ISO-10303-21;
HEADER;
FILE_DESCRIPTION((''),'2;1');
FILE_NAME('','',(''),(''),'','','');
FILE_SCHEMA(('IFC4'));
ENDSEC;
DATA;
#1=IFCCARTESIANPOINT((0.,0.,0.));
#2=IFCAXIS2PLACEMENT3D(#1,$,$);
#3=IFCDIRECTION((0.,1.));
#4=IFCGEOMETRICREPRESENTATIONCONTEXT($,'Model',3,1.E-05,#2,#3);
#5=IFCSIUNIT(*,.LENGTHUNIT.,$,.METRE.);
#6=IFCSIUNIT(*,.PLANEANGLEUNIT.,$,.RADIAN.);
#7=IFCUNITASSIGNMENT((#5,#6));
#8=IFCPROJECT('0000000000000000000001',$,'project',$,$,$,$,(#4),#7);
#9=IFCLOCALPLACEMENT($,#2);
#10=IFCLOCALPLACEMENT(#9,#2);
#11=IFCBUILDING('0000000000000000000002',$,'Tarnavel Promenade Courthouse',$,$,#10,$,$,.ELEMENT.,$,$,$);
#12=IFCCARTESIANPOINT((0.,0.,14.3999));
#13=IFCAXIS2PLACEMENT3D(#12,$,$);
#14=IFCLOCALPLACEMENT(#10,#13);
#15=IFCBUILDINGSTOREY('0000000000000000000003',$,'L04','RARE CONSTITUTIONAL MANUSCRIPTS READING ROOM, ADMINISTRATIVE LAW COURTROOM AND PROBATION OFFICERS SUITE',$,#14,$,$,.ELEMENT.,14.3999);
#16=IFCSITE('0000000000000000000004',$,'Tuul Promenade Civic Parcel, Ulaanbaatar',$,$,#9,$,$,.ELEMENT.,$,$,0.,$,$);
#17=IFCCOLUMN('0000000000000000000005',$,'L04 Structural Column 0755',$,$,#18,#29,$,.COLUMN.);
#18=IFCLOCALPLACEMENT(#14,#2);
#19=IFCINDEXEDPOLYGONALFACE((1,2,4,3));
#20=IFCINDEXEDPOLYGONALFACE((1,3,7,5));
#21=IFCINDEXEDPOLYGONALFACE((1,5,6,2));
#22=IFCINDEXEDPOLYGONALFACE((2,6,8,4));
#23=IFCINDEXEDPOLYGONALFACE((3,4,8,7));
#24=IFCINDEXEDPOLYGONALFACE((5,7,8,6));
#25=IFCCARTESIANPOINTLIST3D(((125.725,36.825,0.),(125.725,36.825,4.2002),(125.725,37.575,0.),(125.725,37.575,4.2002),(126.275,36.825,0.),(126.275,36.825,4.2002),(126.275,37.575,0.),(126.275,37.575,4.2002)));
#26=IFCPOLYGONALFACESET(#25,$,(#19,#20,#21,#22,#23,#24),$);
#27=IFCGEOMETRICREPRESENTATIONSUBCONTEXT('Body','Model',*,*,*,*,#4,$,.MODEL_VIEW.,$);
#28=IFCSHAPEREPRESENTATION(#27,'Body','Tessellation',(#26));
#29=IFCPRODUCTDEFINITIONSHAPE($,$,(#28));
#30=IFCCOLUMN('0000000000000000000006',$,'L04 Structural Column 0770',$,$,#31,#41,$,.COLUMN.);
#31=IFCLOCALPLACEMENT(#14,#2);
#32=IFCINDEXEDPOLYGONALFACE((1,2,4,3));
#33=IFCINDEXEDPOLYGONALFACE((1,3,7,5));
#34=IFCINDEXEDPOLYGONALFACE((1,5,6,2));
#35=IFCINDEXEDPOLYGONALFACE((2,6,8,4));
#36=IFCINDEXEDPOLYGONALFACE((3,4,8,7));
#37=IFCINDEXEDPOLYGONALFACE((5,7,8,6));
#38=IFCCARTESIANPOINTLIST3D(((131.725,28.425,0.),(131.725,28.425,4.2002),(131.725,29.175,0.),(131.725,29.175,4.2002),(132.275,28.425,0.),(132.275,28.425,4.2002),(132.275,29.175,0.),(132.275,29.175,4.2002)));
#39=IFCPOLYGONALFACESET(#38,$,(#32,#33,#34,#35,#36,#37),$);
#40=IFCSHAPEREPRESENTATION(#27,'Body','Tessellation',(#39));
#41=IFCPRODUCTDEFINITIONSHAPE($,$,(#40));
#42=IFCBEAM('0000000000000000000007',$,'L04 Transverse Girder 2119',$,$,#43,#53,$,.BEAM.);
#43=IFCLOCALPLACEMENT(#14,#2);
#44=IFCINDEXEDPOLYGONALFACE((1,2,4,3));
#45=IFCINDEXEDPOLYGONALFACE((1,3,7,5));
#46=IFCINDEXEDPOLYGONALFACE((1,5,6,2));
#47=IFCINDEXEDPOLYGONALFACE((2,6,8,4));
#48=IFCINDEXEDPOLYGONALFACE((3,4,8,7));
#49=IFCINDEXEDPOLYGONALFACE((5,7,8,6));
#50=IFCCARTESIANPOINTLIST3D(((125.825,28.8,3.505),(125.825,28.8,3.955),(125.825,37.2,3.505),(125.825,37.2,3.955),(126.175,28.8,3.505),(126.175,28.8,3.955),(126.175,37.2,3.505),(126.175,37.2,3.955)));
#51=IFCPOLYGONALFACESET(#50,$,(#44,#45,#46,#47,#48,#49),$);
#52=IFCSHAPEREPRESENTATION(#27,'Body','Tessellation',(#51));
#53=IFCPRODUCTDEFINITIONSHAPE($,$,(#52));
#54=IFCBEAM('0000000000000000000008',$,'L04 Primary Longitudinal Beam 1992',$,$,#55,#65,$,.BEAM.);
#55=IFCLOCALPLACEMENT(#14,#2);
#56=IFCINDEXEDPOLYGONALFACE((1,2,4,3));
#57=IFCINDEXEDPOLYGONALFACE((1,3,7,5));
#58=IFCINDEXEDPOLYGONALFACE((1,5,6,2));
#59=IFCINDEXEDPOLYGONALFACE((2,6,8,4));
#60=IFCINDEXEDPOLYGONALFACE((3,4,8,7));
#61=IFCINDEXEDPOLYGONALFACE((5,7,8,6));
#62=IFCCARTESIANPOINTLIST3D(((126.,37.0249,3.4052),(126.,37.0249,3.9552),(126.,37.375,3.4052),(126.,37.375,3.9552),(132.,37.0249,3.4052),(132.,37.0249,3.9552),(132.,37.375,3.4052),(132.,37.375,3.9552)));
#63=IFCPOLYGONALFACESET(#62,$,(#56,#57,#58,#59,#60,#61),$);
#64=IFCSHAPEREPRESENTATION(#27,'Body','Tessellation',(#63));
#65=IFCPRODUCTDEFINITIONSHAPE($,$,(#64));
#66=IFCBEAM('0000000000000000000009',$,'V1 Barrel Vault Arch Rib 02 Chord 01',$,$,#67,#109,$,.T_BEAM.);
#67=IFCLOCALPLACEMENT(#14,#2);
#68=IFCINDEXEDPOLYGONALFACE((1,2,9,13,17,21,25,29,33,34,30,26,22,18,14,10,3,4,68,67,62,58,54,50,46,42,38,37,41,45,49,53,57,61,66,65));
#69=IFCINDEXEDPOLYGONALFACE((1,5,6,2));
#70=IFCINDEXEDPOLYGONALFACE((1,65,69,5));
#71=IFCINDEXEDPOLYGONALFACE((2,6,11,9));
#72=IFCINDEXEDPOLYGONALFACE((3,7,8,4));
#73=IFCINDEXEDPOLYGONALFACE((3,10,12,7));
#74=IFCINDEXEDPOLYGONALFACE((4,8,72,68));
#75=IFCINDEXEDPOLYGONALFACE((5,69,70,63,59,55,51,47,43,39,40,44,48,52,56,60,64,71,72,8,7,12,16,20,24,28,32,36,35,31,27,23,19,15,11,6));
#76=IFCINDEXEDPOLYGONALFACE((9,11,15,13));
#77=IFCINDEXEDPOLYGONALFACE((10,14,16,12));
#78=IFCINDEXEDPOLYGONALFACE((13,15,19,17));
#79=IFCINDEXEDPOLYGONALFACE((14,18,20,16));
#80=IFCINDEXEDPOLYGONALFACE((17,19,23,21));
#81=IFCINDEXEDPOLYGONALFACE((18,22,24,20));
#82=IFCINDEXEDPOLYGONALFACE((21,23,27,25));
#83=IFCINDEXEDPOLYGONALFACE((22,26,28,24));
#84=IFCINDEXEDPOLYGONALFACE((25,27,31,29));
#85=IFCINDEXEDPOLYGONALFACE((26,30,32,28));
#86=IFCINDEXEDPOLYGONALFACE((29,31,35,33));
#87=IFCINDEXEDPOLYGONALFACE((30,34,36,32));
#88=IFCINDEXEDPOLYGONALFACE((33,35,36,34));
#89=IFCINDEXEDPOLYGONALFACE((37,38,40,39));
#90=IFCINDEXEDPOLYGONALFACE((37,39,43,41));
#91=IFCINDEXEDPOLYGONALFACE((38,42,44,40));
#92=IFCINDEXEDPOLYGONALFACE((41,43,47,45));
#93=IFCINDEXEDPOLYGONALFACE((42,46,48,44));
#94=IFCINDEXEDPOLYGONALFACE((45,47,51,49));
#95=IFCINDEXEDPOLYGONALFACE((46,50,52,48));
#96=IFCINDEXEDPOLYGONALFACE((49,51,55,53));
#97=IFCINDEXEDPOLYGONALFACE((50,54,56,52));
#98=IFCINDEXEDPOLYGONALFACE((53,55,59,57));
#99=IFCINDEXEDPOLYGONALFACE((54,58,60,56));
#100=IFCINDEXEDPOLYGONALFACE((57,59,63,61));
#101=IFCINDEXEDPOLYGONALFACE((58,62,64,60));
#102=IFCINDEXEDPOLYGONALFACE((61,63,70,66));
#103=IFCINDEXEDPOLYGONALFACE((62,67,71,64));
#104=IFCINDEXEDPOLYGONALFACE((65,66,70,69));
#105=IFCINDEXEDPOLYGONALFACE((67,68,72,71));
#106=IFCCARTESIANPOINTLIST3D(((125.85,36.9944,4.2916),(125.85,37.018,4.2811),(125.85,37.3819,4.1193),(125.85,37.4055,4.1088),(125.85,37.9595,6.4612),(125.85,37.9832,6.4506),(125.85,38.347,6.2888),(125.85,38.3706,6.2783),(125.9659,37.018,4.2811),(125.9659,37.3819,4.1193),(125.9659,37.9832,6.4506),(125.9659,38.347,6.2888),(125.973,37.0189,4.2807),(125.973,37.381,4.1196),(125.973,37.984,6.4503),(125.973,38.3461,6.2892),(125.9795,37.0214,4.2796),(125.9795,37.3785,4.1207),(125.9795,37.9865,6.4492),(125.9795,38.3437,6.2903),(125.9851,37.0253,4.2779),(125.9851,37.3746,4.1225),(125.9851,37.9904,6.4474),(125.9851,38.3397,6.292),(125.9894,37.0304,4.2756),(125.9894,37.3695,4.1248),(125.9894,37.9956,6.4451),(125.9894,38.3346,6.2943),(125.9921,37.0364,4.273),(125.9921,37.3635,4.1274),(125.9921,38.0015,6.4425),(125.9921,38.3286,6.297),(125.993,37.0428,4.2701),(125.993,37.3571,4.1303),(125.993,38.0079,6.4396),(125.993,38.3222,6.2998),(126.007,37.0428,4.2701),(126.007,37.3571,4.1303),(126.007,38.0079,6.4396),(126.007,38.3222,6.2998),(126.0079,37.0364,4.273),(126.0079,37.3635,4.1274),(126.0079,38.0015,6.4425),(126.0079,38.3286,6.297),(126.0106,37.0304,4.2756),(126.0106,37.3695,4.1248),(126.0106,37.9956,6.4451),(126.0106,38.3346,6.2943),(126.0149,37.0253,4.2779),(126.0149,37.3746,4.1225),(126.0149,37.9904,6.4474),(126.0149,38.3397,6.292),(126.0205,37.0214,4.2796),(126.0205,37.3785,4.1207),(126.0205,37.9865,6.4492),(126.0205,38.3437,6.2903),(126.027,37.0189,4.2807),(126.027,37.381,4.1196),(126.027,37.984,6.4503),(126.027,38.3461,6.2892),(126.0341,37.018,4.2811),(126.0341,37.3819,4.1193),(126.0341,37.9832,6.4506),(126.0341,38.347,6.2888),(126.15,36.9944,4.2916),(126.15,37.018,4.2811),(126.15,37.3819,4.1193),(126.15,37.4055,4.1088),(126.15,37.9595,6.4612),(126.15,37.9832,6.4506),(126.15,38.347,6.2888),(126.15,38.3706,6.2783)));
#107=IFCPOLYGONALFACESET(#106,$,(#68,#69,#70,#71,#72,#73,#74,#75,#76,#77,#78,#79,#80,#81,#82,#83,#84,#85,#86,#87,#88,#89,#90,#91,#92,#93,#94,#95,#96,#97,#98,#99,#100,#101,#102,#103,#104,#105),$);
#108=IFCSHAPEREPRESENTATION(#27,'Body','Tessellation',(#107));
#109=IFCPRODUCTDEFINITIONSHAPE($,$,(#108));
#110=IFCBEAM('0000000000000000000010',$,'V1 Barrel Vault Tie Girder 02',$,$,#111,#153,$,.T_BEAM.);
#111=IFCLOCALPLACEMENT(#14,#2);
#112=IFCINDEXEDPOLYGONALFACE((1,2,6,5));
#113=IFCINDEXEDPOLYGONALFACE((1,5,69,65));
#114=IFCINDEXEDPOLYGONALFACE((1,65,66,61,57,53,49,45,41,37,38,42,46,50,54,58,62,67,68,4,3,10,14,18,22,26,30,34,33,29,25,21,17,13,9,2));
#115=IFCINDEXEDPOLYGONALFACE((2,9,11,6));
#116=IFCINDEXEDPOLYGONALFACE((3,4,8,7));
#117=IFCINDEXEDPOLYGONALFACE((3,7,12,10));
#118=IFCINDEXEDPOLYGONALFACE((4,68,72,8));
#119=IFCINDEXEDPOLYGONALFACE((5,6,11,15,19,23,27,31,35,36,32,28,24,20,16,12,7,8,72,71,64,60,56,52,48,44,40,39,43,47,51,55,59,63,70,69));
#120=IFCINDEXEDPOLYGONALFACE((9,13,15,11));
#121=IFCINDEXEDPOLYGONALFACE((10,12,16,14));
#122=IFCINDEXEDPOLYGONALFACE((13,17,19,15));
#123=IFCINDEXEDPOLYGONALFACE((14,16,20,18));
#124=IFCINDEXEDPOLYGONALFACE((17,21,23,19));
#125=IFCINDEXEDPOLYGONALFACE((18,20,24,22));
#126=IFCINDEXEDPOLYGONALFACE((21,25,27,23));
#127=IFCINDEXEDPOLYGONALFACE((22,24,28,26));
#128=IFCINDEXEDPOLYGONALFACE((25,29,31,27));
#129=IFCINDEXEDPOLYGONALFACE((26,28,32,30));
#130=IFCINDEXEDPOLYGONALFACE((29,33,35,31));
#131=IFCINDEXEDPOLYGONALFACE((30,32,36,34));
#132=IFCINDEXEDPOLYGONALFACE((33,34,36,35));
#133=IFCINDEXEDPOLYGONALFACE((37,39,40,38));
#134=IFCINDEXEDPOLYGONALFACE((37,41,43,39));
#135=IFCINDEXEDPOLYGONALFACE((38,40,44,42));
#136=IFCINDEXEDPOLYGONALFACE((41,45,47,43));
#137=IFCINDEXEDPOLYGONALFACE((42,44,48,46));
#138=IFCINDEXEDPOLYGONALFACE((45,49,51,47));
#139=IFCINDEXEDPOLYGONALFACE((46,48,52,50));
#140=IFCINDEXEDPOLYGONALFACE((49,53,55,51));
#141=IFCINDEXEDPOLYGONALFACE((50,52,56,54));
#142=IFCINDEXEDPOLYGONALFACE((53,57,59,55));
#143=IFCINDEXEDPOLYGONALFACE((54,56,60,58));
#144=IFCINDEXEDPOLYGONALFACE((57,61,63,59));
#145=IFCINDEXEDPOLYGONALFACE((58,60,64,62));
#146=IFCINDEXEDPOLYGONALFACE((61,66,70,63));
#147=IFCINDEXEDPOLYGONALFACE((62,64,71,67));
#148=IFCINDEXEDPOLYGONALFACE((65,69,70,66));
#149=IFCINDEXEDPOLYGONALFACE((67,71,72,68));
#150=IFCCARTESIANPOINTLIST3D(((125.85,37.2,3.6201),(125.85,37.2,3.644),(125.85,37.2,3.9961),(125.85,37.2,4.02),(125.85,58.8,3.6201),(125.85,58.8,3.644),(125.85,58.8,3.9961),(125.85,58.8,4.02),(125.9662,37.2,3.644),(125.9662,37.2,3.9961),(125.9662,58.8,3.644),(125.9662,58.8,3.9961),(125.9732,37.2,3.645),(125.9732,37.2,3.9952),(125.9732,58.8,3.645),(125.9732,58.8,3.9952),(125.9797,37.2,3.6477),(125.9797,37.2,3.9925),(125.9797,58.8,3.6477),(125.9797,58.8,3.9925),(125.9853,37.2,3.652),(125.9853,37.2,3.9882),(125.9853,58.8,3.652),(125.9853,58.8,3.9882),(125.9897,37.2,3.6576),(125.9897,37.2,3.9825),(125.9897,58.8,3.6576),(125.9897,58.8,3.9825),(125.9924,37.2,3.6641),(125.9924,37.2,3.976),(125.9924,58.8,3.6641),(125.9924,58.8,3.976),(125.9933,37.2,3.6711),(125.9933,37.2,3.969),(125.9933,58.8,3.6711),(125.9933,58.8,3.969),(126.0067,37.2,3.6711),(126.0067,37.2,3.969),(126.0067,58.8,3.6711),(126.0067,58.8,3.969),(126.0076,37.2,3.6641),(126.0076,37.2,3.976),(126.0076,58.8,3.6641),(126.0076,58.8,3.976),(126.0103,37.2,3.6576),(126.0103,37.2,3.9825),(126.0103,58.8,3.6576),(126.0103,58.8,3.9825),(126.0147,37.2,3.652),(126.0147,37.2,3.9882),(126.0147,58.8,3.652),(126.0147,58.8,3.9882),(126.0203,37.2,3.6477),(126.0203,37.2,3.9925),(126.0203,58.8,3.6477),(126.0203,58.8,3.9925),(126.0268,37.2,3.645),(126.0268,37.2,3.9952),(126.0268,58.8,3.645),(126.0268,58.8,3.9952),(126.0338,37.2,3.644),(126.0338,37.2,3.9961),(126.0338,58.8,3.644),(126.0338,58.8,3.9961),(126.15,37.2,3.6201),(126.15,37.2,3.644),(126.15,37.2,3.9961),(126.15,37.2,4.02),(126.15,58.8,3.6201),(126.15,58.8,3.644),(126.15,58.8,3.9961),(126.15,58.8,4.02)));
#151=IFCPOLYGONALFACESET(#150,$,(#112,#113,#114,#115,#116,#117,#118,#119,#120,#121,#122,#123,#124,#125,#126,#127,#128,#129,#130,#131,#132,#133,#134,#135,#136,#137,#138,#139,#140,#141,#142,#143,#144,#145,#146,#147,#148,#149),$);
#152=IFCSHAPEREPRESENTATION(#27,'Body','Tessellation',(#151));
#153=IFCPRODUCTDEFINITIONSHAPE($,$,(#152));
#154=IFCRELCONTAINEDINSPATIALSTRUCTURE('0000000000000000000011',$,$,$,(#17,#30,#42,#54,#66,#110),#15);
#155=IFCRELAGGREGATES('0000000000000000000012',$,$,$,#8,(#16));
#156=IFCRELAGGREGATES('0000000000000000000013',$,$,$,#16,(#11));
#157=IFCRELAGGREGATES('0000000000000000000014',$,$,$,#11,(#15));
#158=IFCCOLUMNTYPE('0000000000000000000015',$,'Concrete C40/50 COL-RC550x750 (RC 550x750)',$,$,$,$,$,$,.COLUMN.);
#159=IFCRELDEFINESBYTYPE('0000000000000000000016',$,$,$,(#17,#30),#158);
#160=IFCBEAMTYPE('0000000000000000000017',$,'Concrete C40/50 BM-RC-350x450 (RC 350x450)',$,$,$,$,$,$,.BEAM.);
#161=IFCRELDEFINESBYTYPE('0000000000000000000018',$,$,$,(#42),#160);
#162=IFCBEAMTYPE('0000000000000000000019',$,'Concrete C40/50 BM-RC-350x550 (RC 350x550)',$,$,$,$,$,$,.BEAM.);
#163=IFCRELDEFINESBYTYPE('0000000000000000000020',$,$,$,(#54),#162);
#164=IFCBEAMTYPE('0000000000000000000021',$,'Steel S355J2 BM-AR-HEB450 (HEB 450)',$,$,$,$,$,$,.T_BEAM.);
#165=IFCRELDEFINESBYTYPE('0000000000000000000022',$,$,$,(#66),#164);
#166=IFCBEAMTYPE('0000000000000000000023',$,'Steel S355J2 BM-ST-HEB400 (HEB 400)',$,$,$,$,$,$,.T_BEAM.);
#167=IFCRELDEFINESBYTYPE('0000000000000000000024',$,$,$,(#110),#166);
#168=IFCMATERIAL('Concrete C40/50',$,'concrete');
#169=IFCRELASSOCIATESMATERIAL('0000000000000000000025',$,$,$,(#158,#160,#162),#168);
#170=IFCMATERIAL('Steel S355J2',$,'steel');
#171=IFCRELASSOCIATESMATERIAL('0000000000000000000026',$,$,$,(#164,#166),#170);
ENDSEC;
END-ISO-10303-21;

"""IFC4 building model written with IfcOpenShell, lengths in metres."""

from ifc_helpers import new_model, si_unit, direction, frame, origin, origin_2d, place, context, subcontext, project, spatial, rectangle, i_section, extrude, material, material_profile, profile_set, type_object, element, save


model = new_model("IFC4")

# Units and contexts
model_context = context("Model", 3, precision=1e-05, world=origin(), true_north=direction((0.0, 1.0)))
body_context = subcontext(model_context, "Body", "Model", "MODEL_VIEW")
ifc_project = project(units=[si_unit("LENGTHUNIT", "METRE"), si_unit("PLANEANGLEUNIT", "RADIAN")], contexts=[model_context])

# Site, building, storey
site_placement = place(None, origin())
site = spatial("IfcSite", under=ifc_project, at=site_placement, Name="Tuul Promenade Civic Parcel, Ulaanbaatar", CompositionType="ELEMENT", RefElevation=0.0)
building_placement = place(site_placement, origin())
building = spatial("IfcBuilding", under=site, at=building_placement, Name="Tarnavel Promenade Courthouse", CompositionType="ELEMENT")
storey_placement = place(building_placement, frame((0.0, 0.0, 14.3999)))
storey = spatial("IfcBuildingStorey", under=building, at=storey_placement, Name="L04", Description="RARE CONSTITUTIONAL MANUSCRIPTS READING ROOM, ADMINISTRATIVE LAW COURTROOM AND PROBATION OFFICERS SUITE", CompositionType="ELEMENT", Elevation=14.3999)

# Columns
ifc_material_1 = material(Name="Concrete C40/50", Category="concrete")
ifc_material_profile_1 = material_profile(ifc_material_1, rectangle(XDim=0.55, YDim=0.75, at=origin_2d()), Name="RC 550x750")
ifc_profile_set_1 = profile_set([ifc_material_profile_1], Name="Concrete C40/50")
column_type = type_object("IfcColumnType", Name="Concrete C40/50 COL-RC550x750 (RC 550x750)", PredefinedType="COLUMN", material=ifc_profile_set_1)
for number, where, z_axis, x_axis, name in (
    (1, (126.0, 37.2, 0.0), (0.0, 0.0, 1.0), (1.0, 0.0, 0.0), "L04 Structural Column 0755"),
    (2, (132.0, 28.8, 0.0), (0.0, 0.0, 1.0), (1.0, 0.0, 0.0), "L04 Structural Column 0770"),
):
    element("IfcColumn", number, at=place(storey_placement, frame(where, z_axis=z_axis, x_axis=x_axis)), inside=storey, type_object=column_type, Name=name, PredefinedType="COLUMN", context=body_context, shape_type="SweptSolid", body=[
        extrude(rectangle(XDim=0.55, YDim=0.75, at=origin_2d()), origin(), (0.0, 0.0, 1.0), 4.2002),
    ])

# Beams
ifc_material_profile_2 = material_profile(ifc_material_1, rectangle(XDim=0.3501, YDim=0.45, at=origin_2d()), Name="RC 350x450")
ifc_profile_set_2 = profile_set([ifc_material_profile_2], Name="Concrete C40/50")
beam_type_1 = type_object("IfcBeamType", Name="Concrete C40/50 BM-RC-350x450 (RC 350x450)", PredefinedType="BEAM", material=ifc_profile_set_2)
beam_1_placement = place(storey_placement, frame((126.0, 28.8, 3.73), z_axis=(0.0, 1.0, 0.0), x_axis=(-1.0, 0.0, 0.0)))
element("IfcBeam", 3, at=beam_1_placement, inside=storey, type_object=beam_type_1, Name="L04 Transverse Girder 2119", PredefinedType="BEAM", context=body_context, shape_type="SweptSolid", body=[
    extrude(rectangle(XDim=0.3501, YDim=0.45, at=origin_2d()), origin(), (0.0, 0.0, 1.0), 8.3999),
])
ifc_material_profile_3 = material_profile(ifc_material_1, rectangle(XDim=0.3501, YDim=0.55, at=origin_2d()), Name="RC 350x550")
ifc_profile_set_3 = profile_set([ifc_material_profile_3], Name="Concrete C40/50")
beam_type_2 = type_object("IfcBeamType", Name="Concrete C40/50 BM-RC-350x550 (RC 350x550)", PredefinedType="BEAM", material=ifc_profile_set_3)
beam_2_placement = place(storey_placement, frame((126.0, 37.2, 3.6802), z_axis=(1.0, 0.0, 0.0), x_axis=(0.0, 1.0, 0.0)))
element("IfcBeam", 4, at=beam_2_placement, inside=storey, type_object=beam_type_2, Name="L04 Primary Longitudinal Beam 1992", PredefinedType="BEAM", context=body_context, shape_type="SweptSolid", body=[
    extrude(rectangle(XDim=0.3501, YDim=0.55, at=origin_2d()), origin(), (0.0, 0.0, 1.0), 6.0),
])
ifc_material_2 = material(Name="Steel S355J2", Category="steel")
ifc_material_profile_4 = material_profile(ifc_material_2, i_section(OverallWidth=0.3, OverallDepth=0.45, WebThickness=0.0139, FlangeThickness=0.0259, FilletRadius=0.0271, at=origin_2d()), Name="HEB 450")
ifc_profile_set_4 = profile_set([ifc_material_profile_4], Name="Steel S355J2")
beam_type_3 = type_object("IfcBeamType", Name="Steel S355J2 BM-AR-HEB450 (HEB 450)", PredefinedType="T_BEAM", material=ifc_profile_set_4)
beam_3_placement = place(storey_placement, frame((126.0, 37.2, 4.2002), z_axis=(0.0, 0.406453, 0.913672), x_axis=(-1.0, 0.0, 0.0)))
element("IfcBeam", 5, at=beam_3_placement, inside=storey, type_object=beam_type_3, Name="V1 Barrel Vault Arch Rib 02 Chord 01", PredefinedType="T_BEAM", context=body_context, shape_type="SweptSolid", body=[
    extrude(i_section(OverallWidth=0.3, OverallDepth=0.45, WebThickness=0.0139, FlangeThickness=0.0259, FilletRadius=0.0271, at=origin_2d()), origin(), (0.0, 0.0, 1.0), 2.3745),
])
ifc_material_profile_5 = material_profile(ifc_material_2, i_section(OverallWidth=0.3, OverallDepth=0.3999, WebThickness=0.0134, FlangeThickness=0.0239, FilletRadius=0.0271, at=origin_2d()), Name="HEB 400")
ifc_profile_set_5 = profile_set([ifc_material_profile_5], Name="Steel S355J2")
beam_type_4 = type_object("IfcBeamType", Name="Steel S355J2 BM-ST-HEB400 (HEB 400)", PredefinedType="T_BEAM", material=ifc_profile_set_5)
beam_4_placement = place(storey_placement, frame((126.0, 37.2, 3.8201), z_axis=(0.0, 1.0, 0.0), x_axis=(-1.0, 0.0, 0.0)))
element("IfcBeam", 6, at=beam_4_placement, inside=storey, type_object=beam_type_4, Name="V1 Barrel Vault Tie Girder 02", PredefinedType="T_BEAM", context=body_context, shape_type="SweptSolid", body=[
    extrude(i_section(OverallWidth=0.3, OverallDepth=0.3999, WebThickness=0.0134, FlangeThickness=0.0239, FilletRadius=0.0271, at=origin_2d()), origin(), (0.0, 0.0, 1.0), 21.6001),
])

save(model, "model.ifc")
